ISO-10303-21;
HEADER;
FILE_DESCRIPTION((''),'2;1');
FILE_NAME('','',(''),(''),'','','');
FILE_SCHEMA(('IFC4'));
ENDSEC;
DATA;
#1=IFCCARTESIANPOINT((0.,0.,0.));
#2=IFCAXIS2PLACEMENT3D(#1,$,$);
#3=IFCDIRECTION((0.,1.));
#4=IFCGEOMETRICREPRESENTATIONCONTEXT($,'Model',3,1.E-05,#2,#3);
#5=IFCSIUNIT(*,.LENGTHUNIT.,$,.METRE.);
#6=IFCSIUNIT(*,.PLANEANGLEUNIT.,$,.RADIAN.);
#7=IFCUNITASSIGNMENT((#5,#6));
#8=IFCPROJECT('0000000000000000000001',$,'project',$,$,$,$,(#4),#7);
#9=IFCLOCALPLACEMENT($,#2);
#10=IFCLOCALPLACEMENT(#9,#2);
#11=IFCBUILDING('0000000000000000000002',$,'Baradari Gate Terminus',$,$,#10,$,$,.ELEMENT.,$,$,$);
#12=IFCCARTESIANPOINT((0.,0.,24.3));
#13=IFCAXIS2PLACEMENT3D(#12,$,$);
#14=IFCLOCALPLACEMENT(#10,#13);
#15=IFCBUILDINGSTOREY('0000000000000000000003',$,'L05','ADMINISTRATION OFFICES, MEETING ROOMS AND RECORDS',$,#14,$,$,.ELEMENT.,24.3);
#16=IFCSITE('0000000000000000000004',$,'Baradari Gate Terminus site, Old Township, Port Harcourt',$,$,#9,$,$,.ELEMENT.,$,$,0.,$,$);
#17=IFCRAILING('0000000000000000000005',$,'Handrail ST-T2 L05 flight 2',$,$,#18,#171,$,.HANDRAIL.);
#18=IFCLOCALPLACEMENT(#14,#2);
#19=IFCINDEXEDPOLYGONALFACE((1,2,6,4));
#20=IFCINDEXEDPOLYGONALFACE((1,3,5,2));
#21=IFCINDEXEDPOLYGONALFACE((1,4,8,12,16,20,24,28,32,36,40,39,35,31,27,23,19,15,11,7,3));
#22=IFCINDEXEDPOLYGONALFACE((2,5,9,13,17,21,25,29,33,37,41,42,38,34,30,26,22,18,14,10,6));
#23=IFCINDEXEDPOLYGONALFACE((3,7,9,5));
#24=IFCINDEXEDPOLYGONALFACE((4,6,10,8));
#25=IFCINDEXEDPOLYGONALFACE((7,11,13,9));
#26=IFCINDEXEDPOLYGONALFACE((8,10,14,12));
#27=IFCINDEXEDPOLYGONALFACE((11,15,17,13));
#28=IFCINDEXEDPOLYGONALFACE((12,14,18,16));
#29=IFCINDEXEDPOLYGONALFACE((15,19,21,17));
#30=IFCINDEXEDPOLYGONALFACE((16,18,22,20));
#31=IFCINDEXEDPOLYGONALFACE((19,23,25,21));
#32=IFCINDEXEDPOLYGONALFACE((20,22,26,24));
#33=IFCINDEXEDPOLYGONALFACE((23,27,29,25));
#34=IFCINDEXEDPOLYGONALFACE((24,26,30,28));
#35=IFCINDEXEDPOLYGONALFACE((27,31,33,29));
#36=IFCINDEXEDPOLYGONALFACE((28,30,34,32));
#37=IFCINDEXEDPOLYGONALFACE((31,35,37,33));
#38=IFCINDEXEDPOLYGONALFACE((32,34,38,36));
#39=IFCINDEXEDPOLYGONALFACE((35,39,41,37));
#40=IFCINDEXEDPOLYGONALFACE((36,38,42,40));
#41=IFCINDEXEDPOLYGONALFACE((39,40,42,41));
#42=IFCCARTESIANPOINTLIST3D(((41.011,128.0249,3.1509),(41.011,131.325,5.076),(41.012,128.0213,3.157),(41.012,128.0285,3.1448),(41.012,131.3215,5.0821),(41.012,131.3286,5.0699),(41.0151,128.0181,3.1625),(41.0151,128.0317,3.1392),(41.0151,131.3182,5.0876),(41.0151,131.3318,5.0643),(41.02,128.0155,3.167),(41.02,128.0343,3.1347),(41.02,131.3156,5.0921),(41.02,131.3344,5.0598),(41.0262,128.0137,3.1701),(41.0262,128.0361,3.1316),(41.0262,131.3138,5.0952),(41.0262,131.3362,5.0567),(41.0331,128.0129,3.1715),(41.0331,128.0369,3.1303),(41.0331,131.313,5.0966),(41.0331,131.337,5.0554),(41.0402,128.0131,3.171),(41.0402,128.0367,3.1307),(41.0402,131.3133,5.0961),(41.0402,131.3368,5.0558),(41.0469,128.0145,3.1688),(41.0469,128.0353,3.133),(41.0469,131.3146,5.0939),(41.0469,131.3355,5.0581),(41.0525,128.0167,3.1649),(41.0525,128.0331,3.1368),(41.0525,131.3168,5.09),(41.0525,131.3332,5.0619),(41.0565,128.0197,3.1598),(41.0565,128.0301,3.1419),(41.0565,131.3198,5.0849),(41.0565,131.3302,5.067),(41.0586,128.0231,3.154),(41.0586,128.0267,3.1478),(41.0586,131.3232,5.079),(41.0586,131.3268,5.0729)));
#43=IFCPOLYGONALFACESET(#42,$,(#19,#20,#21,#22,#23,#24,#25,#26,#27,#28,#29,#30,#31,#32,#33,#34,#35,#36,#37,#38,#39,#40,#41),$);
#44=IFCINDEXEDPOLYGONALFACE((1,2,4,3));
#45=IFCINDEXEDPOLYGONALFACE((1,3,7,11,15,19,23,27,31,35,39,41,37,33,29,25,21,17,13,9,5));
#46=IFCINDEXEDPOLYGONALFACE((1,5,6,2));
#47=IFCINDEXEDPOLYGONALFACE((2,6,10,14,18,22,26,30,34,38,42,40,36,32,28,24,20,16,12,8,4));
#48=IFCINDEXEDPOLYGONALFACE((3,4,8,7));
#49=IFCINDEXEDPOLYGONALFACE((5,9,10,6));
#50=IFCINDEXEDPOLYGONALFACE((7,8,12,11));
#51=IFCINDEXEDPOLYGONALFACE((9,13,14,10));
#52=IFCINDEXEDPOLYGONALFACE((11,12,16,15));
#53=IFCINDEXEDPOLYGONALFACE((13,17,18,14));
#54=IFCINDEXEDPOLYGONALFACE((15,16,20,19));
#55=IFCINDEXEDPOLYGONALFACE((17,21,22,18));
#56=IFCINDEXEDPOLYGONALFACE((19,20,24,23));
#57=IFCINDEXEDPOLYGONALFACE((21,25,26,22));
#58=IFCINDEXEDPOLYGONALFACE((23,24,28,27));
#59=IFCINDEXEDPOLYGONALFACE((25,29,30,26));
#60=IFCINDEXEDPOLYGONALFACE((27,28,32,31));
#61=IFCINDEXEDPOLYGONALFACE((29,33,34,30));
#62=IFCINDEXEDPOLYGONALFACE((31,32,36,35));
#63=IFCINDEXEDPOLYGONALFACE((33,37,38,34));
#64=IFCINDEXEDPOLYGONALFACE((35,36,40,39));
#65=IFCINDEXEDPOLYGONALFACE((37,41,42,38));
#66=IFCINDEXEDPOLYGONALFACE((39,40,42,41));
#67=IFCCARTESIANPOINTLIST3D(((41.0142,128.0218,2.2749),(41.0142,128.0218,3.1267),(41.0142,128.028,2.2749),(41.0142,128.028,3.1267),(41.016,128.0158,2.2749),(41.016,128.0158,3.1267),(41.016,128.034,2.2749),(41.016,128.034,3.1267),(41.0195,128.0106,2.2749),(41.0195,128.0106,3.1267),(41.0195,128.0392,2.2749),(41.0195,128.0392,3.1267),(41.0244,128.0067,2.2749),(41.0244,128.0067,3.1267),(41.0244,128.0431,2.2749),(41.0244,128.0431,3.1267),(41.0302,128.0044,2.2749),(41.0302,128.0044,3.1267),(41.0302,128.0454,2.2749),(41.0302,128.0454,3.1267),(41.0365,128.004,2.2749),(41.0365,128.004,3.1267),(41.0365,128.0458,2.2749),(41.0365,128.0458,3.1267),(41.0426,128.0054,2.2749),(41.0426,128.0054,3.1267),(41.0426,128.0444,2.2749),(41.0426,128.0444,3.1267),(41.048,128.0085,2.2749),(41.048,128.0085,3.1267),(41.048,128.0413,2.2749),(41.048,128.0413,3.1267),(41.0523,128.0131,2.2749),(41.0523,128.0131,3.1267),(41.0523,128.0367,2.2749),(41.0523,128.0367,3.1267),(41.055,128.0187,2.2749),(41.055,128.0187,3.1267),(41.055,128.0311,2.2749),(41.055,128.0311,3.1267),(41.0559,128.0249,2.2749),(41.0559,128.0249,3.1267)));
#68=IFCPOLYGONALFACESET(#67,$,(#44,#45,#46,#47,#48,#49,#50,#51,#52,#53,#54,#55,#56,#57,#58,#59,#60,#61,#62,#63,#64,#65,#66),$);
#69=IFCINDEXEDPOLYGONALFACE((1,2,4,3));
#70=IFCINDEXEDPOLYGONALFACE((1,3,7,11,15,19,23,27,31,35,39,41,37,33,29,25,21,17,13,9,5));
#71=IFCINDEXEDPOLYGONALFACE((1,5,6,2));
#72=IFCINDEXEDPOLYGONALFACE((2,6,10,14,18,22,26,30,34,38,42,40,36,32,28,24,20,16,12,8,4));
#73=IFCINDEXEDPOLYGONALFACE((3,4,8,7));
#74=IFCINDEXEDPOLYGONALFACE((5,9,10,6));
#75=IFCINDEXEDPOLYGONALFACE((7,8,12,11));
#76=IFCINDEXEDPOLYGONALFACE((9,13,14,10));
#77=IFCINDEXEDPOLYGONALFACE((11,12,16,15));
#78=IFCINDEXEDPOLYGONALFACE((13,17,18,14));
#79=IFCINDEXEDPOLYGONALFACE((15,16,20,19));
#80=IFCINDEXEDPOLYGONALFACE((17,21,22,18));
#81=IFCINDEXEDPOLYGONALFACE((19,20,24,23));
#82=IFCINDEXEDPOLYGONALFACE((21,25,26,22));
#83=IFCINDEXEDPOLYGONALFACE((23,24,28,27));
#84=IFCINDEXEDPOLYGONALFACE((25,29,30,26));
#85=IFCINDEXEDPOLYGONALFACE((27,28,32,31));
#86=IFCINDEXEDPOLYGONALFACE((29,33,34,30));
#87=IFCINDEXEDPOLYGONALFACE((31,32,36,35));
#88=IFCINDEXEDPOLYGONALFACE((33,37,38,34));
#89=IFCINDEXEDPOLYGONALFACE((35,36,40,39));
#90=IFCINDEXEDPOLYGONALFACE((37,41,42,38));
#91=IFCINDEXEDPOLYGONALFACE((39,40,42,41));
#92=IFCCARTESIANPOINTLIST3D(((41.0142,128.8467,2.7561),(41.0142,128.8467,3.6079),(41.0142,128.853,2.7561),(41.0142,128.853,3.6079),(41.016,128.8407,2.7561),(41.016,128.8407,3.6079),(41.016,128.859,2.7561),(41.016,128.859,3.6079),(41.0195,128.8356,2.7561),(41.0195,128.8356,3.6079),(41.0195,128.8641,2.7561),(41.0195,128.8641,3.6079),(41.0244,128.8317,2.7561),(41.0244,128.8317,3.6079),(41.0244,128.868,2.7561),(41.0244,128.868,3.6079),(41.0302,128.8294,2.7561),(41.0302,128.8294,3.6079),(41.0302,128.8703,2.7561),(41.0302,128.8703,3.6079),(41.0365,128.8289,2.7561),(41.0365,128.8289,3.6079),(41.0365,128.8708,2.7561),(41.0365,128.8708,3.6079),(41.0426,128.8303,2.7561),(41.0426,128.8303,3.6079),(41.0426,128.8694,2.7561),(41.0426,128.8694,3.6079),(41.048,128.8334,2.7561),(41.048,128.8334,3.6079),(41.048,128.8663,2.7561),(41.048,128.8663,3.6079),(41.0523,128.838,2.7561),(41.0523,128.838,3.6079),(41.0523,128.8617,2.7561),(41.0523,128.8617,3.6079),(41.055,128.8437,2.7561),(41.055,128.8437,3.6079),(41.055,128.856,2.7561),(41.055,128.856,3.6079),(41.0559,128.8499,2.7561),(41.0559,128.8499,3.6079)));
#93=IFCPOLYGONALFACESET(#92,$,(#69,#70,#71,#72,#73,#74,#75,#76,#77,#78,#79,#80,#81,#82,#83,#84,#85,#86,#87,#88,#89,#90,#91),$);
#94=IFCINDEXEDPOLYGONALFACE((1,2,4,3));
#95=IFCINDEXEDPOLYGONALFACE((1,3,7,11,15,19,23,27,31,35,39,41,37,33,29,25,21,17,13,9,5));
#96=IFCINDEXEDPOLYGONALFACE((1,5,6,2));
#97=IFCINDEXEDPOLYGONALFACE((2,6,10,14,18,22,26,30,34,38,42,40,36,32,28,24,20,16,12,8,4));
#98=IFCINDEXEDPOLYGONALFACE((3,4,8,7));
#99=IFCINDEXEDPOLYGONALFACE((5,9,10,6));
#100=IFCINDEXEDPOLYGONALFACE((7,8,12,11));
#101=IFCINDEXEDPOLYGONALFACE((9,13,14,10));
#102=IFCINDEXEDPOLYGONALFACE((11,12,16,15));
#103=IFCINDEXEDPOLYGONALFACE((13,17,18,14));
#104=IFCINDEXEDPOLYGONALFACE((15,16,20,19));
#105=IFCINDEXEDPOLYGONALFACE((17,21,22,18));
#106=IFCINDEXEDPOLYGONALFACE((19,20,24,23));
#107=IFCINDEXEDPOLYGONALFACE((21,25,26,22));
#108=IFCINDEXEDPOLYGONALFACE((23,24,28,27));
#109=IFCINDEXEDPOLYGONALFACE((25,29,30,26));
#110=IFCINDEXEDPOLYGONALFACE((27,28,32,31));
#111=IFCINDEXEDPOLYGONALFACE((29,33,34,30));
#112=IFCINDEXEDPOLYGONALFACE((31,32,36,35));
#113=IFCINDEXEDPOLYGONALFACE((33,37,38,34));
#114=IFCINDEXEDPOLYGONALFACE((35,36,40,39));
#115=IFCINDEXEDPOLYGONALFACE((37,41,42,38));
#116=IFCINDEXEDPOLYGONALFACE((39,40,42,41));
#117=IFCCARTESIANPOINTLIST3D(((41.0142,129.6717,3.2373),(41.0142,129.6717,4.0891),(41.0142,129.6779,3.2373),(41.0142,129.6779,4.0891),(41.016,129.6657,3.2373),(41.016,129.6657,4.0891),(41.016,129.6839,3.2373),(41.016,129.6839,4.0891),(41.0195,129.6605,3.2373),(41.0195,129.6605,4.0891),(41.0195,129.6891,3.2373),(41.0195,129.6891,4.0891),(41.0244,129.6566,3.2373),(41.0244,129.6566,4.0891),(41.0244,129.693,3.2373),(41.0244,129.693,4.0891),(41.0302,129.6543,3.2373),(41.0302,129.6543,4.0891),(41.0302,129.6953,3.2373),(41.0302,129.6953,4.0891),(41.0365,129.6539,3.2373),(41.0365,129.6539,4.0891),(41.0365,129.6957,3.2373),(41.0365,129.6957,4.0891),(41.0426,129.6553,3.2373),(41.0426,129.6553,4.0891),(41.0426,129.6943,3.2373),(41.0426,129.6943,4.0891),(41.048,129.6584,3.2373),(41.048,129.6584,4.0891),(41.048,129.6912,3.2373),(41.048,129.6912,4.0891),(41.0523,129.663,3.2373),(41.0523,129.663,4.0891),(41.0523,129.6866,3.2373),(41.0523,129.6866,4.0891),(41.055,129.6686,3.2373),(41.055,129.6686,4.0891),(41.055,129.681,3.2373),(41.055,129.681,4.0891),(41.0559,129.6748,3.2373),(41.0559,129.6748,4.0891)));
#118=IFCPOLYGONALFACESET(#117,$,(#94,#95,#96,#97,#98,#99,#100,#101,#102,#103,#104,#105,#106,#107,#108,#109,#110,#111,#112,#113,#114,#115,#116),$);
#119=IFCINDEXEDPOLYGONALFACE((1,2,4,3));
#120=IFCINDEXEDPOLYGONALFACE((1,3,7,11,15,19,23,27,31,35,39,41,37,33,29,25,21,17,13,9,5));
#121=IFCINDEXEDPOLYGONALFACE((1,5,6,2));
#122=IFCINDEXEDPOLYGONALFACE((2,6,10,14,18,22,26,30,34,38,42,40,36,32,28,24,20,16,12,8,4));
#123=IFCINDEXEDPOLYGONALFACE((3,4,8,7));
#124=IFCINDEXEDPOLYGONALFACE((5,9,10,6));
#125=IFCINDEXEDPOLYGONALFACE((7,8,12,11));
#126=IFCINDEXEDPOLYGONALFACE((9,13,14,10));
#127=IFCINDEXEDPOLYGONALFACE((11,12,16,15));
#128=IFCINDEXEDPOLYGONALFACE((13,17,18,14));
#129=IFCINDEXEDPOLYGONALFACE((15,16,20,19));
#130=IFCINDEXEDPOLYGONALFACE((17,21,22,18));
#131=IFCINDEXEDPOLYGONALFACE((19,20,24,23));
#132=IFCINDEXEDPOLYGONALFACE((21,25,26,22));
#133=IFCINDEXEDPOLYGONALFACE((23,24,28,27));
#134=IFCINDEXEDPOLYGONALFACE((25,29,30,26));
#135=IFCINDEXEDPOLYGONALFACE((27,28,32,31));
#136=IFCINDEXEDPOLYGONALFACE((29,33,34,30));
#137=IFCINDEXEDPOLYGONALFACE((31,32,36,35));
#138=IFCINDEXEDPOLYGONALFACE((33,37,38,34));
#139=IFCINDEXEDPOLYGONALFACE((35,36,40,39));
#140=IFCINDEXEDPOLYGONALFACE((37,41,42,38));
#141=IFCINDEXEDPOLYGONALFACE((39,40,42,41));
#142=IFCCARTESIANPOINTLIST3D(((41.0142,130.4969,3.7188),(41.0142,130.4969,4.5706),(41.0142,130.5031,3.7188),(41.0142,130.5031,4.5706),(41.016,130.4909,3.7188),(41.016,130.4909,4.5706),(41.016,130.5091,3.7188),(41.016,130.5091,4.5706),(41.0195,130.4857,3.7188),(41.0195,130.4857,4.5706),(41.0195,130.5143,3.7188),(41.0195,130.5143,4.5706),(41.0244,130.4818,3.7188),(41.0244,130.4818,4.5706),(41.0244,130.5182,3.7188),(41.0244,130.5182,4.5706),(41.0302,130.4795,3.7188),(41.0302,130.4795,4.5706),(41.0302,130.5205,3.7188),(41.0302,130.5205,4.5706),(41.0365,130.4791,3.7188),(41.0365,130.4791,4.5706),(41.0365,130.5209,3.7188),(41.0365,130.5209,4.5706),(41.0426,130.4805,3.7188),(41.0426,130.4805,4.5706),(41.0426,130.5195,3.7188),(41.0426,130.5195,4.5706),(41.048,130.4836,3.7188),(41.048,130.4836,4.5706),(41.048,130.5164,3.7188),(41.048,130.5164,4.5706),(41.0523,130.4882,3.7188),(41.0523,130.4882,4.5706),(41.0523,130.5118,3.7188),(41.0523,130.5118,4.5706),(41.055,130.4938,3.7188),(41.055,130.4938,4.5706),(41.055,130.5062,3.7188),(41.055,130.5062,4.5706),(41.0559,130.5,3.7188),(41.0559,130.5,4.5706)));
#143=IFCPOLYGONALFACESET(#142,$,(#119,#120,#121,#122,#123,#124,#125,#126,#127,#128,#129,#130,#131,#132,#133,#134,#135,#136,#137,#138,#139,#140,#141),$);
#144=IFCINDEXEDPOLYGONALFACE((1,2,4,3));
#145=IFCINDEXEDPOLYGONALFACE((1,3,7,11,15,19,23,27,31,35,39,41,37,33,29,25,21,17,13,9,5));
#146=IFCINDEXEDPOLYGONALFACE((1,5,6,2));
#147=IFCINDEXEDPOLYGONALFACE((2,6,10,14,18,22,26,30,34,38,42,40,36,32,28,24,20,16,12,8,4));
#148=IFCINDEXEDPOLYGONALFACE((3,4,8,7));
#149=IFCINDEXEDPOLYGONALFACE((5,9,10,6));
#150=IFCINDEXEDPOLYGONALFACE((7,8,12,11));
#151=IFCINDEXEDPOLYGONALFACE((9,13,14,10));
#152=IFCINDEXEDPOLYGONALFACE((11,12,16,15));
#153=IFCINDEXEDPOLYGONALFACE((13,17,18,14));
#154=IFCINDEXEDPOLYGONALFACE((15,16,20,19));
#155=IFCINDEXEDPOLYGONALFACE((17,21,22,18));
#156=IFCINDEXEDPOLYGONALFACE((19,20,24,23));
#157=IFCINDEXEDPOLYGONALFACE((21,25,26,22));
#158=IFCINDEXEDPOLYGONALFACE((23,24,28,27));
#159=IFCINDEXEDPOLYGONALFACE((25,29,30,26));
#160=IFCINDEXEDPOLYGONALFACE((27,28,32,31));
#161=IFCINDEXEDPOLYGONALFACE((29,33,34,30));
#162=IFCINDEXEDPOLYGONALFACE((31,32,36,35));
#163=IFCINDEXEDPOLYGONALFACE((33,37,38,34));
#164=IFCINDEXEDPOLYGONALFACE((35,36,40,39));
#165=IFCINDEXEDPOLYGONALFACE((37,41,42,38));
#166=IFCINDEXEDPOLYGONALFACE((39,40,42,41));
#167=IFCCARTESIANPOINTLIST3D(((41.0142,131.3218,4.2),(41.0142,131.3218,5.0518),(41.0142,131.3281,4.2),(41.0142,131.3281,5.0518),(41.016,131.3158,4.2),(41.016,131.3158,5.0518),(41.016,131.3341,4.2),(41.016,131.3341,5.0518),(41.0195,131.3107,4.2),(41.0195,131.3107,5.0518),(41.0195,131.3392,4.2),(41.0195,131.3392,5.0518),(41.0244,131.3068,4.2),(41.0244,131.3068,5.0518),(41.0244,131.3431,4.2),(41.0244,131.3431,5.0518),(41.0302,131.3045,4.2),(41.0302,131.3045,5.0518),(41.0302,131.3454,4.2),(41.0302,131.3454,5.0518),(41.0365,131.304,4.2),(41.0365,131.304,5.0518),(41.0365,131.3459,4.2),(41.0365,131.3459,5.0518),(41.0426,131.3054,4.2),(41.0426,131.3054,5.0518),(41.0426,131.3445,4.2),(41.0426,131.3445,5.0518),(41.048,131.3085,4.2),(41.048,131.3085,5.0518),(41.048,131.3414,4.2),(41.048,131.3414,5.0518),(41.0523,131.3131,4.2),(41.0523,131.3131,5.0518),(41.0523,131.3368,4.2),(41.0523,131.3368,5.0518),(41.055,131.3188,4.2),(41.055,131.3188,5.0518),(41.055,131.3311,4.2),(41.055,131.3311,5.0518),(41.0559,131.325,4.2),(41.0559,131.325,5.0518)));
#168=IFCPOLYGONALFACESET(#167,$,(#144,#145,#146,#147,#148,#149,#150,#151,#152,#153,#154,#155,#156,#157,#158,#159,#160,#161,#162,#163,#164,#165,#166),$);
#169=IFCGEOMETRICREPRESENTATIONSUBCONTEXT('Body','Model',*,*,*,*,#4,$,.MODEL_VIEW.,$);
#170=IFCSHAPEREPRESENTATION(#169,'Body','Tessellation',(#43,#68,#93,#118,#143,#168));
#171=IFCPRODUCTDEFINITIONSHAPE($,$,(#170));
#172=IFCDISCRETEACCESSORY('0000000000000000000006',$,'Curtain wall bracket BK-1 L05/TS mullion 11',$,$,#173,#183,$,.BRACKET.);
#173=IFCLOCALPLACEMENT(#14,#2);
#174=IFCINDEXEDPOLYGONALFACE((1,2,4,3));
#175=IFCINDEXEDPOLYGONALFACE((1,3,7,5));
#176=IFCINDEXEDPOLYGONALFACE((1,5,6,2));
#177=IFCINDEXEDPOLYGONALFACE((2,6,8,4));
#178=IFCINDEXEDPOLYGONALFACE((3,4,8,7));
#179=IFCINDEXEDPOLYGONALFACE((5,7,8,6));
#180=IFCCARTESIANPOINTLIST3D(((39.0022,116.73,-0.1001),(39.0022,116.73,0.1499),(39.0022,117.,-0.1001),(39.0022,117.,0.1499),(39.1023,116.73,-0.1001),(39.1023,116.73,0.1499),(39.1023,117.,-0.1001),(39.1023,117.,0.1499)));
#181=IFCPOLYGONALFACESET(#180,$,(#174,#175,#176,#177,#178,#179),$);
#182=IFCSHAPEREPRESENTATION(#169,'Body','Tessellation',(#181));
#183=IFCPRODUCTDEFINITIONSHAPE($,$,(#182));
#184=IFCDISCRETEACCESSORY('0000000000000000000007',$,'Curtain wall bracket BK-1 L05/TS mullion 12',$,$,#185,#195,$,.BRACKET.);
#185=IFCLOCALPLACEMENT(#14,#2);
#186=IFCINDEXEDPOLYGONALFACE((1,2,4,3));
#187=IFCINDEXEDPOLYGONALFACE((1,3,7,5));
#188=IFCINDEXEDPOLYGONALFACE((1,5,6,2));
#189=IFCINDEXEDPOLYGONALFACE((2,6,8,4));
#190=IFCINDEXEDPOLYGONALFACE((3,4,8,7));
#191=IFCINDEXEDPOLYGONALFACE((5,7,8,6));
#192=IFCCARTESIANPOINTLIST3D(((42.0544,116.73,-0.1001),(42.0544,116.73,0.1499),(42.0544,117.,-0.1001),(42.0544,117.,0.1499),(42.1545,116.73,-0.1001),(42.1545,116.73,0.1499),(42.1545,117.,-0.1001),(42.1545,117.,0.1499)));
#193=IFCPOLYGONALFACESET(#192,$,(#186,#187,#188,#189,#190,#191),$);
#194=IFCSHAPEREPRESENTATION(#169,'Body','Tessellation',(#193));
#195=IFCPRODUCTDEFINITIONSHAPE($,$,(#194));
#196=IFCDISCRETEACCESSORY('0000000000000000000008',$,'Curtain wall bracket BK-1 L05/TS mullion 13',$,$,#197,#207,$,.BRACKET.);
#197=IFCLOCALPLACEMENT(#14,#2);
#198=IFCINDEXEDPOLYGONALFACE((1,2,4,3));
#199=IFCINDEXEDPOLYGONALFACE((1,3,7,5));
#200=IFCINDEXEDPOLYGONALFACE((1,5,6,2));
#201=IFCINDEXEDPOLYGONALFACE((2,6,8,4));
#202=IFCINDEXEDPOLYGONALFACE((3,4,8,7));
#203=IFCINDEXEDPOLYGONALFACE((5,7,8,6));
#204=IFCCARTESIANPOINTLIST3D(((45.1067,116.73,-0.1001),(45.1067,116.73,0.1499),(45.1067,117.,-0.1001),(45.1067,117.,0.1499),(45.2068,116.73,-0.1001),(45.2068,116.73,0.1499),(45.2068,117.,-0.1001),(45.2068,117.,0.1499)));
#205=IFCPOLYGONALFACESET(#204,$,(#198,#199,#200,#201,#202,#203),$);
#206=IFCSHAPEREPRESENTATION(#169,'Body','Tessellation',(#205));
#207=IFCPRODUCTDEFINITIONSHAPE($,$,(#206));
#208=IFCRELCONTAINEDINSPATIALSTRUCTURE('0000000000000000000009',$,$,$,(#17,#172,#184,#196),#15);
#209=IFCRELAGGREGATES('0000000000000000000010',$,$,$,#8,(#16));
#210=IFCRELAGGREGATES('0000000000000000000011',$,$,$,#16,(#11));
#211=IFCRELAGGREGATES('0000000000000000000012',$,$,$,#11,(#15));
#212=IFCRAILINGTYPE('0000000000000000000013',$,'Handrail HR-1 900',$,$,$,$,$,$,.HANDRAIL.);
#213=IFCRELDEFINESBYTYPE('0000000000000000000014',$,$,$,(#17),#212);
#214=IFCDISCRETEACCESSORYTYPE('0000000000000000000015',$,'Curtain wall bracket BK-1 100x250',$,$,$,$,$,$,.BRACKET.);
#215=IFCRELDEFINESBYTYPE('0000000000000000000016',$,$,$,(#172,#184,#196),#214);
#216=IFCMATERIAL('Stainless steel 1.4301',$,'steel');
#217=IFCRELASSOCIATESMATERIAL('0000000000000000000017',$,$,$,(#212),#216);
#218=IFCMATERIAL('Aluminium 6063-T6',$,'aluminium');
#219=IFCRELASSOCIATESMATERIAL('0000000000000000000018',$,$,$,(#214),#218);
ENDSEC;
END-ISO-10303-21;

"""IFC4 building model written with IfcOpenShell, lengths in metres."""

from ifc_helpers import new_model, si_unit, direction, frame, origin, origin_2d, place, context, subcontext, project, spatial, rectangle, circle, extrude, material, type_object, element, save


model = new_model("IFC4")

# Units and contexts
model_context = context("Model", 3, precision=1e-05, world=origin(), true_north=direction((0.0, 1.0)))
body_context = subcontext(model_context, "Body", "Model", "MODEL_VIEW")
ifc_project = project(units=[si_unit("LENGTHUNIT", "METRE"), si_unit("PLANEANGLEUNIT", "RADIAN")], contexts=[model_context])

# Site, building, storey
site_placement = place(None, origin())
site = spatial("IfcSite", under=ifc_project, at=site_placement, Name="Baradari Gate Terminus site, Old Township, Port Harcourt", CompositionType="ELEMENT", RefElevation=0.0)
building_placement = place(site_placement, origin())
building = spatial("IfcBuilding", under=site, at=building_placement, Name="Baradari Gate Terminus", CompositionType="ELEMENT")
storey_placement = place(building_placement, frame((0.0, 0.0, 24.3)))
storey = spatial("IfcBuildingStorey", under=building, at=storey_placement, Name="L05", Description="ADMINISTRATION OFFICES, MEETING ROOMS AND RECORDS", CompositionType="ELEMENT", Elevation=24.3)

# Railing
ifc_material_1 = material(Name="Stainless steel 1.4301", Category="steel")
railing_type = type_object("IfcRailingType", Name="Handrail HR-1 900", PredefinedType="HANDRAIL", material=ifc_material_1)
for number, where, name in (
    (1, (41.0349, 128.0249, 2.2749), "Handrail ST-T2 L05 flight 2"),
):
    element("IfcRailing", number, at=place(storey_placement, frame(where)), inside=storey, type_object=railing_type, Name=name, PredefinedType="HANDRAIL", context=body_context, shape_type="SweptSolid", body=[
        extrude(circle(Radius=0.0239, at=origin_2d()), frame((0.0, 0.0, 0.876), z_axis=(0.0, 0.863777, 0.503875), x_axis=(-1.0, 0.0, 0.0)), (0.0, 0.0, 1.0), 3.8206),
        extrude(circle(Radius=0.021, at=origin_2d()), origin(), (0.0, 0.0, 1.0), 0.8518),
        extrude(circle(Radius=0.021, at=origin_2d()), frame((0.0, 0.825, 0.4812)), (0.0, 0.0, 1.0), 0.8518),
        extrude(circle(Radius=0.021, at=origin_2d()), frame((0.0, 1.6499, 0.9624)), (0.0, 0.0, 1.0), 0.8518),
        extrude(circle(Radius=0.021, at=origin_2d()), frame((0.0, 2.4751, 1.4438)), (0.0, 0.0, 1.0), 0.8518),
        extrude(circle(Radius=0.021, at=origin_2d()), frame((0.0, 3.3, 1.925)), (0.0, 0.0, 1.0), 0.8518),
    ])

# Discrete accessories
ifc_material_2 = material(Name="Aluminium 6063-T6", Category="aluminium")
discrete_accessory_type = type_object("IfcDiscreteAccessoryType", Name="Curtain wall bracket BK-1 100x250", PredefinedType="BRACKET", material=ifc_material_2)
for number, where, z_axis, x_axis, name in (
    (2, (39.0522, 116.865, -0.1001), (0.0, 0.0, 1.0), (0.0, -1.0, 0.0), "Curtain wall bracket BK-1 L05/TS mullion 11"),
    (3, (42.1045, 116.865, -0.1001), (0.0, 0.0, 1.0), (0.0, -1.0, 0.0), "Curtain wall bracket BK-1 L05/TS mullion 12"),
    (4, (45.1567, 116.865, -0.1001), (0.0, 0.0, 1.0), (0.0, -1.0, 0.0), "Curtain wall bracket BK-1 L05/TS mullion 13"),
):
    element("IfcDiscreteAccessory", number, at=place(storey_placement, frame(where, z_axis=z_axis, x_axis=x_axis)), inside=storey, type_object=discrete_accessory_type, Name=name, PredefinedType="BRACKET", context=body_context, shape_type="SweptSolid", body=[
        extrude(rectangle(XDim=0.27, YDim=0.1001, at=origin_2d()), origin(), (0.0, 0.0, 1.0), 0.25),
    ])

save(model, "model.ifc")
